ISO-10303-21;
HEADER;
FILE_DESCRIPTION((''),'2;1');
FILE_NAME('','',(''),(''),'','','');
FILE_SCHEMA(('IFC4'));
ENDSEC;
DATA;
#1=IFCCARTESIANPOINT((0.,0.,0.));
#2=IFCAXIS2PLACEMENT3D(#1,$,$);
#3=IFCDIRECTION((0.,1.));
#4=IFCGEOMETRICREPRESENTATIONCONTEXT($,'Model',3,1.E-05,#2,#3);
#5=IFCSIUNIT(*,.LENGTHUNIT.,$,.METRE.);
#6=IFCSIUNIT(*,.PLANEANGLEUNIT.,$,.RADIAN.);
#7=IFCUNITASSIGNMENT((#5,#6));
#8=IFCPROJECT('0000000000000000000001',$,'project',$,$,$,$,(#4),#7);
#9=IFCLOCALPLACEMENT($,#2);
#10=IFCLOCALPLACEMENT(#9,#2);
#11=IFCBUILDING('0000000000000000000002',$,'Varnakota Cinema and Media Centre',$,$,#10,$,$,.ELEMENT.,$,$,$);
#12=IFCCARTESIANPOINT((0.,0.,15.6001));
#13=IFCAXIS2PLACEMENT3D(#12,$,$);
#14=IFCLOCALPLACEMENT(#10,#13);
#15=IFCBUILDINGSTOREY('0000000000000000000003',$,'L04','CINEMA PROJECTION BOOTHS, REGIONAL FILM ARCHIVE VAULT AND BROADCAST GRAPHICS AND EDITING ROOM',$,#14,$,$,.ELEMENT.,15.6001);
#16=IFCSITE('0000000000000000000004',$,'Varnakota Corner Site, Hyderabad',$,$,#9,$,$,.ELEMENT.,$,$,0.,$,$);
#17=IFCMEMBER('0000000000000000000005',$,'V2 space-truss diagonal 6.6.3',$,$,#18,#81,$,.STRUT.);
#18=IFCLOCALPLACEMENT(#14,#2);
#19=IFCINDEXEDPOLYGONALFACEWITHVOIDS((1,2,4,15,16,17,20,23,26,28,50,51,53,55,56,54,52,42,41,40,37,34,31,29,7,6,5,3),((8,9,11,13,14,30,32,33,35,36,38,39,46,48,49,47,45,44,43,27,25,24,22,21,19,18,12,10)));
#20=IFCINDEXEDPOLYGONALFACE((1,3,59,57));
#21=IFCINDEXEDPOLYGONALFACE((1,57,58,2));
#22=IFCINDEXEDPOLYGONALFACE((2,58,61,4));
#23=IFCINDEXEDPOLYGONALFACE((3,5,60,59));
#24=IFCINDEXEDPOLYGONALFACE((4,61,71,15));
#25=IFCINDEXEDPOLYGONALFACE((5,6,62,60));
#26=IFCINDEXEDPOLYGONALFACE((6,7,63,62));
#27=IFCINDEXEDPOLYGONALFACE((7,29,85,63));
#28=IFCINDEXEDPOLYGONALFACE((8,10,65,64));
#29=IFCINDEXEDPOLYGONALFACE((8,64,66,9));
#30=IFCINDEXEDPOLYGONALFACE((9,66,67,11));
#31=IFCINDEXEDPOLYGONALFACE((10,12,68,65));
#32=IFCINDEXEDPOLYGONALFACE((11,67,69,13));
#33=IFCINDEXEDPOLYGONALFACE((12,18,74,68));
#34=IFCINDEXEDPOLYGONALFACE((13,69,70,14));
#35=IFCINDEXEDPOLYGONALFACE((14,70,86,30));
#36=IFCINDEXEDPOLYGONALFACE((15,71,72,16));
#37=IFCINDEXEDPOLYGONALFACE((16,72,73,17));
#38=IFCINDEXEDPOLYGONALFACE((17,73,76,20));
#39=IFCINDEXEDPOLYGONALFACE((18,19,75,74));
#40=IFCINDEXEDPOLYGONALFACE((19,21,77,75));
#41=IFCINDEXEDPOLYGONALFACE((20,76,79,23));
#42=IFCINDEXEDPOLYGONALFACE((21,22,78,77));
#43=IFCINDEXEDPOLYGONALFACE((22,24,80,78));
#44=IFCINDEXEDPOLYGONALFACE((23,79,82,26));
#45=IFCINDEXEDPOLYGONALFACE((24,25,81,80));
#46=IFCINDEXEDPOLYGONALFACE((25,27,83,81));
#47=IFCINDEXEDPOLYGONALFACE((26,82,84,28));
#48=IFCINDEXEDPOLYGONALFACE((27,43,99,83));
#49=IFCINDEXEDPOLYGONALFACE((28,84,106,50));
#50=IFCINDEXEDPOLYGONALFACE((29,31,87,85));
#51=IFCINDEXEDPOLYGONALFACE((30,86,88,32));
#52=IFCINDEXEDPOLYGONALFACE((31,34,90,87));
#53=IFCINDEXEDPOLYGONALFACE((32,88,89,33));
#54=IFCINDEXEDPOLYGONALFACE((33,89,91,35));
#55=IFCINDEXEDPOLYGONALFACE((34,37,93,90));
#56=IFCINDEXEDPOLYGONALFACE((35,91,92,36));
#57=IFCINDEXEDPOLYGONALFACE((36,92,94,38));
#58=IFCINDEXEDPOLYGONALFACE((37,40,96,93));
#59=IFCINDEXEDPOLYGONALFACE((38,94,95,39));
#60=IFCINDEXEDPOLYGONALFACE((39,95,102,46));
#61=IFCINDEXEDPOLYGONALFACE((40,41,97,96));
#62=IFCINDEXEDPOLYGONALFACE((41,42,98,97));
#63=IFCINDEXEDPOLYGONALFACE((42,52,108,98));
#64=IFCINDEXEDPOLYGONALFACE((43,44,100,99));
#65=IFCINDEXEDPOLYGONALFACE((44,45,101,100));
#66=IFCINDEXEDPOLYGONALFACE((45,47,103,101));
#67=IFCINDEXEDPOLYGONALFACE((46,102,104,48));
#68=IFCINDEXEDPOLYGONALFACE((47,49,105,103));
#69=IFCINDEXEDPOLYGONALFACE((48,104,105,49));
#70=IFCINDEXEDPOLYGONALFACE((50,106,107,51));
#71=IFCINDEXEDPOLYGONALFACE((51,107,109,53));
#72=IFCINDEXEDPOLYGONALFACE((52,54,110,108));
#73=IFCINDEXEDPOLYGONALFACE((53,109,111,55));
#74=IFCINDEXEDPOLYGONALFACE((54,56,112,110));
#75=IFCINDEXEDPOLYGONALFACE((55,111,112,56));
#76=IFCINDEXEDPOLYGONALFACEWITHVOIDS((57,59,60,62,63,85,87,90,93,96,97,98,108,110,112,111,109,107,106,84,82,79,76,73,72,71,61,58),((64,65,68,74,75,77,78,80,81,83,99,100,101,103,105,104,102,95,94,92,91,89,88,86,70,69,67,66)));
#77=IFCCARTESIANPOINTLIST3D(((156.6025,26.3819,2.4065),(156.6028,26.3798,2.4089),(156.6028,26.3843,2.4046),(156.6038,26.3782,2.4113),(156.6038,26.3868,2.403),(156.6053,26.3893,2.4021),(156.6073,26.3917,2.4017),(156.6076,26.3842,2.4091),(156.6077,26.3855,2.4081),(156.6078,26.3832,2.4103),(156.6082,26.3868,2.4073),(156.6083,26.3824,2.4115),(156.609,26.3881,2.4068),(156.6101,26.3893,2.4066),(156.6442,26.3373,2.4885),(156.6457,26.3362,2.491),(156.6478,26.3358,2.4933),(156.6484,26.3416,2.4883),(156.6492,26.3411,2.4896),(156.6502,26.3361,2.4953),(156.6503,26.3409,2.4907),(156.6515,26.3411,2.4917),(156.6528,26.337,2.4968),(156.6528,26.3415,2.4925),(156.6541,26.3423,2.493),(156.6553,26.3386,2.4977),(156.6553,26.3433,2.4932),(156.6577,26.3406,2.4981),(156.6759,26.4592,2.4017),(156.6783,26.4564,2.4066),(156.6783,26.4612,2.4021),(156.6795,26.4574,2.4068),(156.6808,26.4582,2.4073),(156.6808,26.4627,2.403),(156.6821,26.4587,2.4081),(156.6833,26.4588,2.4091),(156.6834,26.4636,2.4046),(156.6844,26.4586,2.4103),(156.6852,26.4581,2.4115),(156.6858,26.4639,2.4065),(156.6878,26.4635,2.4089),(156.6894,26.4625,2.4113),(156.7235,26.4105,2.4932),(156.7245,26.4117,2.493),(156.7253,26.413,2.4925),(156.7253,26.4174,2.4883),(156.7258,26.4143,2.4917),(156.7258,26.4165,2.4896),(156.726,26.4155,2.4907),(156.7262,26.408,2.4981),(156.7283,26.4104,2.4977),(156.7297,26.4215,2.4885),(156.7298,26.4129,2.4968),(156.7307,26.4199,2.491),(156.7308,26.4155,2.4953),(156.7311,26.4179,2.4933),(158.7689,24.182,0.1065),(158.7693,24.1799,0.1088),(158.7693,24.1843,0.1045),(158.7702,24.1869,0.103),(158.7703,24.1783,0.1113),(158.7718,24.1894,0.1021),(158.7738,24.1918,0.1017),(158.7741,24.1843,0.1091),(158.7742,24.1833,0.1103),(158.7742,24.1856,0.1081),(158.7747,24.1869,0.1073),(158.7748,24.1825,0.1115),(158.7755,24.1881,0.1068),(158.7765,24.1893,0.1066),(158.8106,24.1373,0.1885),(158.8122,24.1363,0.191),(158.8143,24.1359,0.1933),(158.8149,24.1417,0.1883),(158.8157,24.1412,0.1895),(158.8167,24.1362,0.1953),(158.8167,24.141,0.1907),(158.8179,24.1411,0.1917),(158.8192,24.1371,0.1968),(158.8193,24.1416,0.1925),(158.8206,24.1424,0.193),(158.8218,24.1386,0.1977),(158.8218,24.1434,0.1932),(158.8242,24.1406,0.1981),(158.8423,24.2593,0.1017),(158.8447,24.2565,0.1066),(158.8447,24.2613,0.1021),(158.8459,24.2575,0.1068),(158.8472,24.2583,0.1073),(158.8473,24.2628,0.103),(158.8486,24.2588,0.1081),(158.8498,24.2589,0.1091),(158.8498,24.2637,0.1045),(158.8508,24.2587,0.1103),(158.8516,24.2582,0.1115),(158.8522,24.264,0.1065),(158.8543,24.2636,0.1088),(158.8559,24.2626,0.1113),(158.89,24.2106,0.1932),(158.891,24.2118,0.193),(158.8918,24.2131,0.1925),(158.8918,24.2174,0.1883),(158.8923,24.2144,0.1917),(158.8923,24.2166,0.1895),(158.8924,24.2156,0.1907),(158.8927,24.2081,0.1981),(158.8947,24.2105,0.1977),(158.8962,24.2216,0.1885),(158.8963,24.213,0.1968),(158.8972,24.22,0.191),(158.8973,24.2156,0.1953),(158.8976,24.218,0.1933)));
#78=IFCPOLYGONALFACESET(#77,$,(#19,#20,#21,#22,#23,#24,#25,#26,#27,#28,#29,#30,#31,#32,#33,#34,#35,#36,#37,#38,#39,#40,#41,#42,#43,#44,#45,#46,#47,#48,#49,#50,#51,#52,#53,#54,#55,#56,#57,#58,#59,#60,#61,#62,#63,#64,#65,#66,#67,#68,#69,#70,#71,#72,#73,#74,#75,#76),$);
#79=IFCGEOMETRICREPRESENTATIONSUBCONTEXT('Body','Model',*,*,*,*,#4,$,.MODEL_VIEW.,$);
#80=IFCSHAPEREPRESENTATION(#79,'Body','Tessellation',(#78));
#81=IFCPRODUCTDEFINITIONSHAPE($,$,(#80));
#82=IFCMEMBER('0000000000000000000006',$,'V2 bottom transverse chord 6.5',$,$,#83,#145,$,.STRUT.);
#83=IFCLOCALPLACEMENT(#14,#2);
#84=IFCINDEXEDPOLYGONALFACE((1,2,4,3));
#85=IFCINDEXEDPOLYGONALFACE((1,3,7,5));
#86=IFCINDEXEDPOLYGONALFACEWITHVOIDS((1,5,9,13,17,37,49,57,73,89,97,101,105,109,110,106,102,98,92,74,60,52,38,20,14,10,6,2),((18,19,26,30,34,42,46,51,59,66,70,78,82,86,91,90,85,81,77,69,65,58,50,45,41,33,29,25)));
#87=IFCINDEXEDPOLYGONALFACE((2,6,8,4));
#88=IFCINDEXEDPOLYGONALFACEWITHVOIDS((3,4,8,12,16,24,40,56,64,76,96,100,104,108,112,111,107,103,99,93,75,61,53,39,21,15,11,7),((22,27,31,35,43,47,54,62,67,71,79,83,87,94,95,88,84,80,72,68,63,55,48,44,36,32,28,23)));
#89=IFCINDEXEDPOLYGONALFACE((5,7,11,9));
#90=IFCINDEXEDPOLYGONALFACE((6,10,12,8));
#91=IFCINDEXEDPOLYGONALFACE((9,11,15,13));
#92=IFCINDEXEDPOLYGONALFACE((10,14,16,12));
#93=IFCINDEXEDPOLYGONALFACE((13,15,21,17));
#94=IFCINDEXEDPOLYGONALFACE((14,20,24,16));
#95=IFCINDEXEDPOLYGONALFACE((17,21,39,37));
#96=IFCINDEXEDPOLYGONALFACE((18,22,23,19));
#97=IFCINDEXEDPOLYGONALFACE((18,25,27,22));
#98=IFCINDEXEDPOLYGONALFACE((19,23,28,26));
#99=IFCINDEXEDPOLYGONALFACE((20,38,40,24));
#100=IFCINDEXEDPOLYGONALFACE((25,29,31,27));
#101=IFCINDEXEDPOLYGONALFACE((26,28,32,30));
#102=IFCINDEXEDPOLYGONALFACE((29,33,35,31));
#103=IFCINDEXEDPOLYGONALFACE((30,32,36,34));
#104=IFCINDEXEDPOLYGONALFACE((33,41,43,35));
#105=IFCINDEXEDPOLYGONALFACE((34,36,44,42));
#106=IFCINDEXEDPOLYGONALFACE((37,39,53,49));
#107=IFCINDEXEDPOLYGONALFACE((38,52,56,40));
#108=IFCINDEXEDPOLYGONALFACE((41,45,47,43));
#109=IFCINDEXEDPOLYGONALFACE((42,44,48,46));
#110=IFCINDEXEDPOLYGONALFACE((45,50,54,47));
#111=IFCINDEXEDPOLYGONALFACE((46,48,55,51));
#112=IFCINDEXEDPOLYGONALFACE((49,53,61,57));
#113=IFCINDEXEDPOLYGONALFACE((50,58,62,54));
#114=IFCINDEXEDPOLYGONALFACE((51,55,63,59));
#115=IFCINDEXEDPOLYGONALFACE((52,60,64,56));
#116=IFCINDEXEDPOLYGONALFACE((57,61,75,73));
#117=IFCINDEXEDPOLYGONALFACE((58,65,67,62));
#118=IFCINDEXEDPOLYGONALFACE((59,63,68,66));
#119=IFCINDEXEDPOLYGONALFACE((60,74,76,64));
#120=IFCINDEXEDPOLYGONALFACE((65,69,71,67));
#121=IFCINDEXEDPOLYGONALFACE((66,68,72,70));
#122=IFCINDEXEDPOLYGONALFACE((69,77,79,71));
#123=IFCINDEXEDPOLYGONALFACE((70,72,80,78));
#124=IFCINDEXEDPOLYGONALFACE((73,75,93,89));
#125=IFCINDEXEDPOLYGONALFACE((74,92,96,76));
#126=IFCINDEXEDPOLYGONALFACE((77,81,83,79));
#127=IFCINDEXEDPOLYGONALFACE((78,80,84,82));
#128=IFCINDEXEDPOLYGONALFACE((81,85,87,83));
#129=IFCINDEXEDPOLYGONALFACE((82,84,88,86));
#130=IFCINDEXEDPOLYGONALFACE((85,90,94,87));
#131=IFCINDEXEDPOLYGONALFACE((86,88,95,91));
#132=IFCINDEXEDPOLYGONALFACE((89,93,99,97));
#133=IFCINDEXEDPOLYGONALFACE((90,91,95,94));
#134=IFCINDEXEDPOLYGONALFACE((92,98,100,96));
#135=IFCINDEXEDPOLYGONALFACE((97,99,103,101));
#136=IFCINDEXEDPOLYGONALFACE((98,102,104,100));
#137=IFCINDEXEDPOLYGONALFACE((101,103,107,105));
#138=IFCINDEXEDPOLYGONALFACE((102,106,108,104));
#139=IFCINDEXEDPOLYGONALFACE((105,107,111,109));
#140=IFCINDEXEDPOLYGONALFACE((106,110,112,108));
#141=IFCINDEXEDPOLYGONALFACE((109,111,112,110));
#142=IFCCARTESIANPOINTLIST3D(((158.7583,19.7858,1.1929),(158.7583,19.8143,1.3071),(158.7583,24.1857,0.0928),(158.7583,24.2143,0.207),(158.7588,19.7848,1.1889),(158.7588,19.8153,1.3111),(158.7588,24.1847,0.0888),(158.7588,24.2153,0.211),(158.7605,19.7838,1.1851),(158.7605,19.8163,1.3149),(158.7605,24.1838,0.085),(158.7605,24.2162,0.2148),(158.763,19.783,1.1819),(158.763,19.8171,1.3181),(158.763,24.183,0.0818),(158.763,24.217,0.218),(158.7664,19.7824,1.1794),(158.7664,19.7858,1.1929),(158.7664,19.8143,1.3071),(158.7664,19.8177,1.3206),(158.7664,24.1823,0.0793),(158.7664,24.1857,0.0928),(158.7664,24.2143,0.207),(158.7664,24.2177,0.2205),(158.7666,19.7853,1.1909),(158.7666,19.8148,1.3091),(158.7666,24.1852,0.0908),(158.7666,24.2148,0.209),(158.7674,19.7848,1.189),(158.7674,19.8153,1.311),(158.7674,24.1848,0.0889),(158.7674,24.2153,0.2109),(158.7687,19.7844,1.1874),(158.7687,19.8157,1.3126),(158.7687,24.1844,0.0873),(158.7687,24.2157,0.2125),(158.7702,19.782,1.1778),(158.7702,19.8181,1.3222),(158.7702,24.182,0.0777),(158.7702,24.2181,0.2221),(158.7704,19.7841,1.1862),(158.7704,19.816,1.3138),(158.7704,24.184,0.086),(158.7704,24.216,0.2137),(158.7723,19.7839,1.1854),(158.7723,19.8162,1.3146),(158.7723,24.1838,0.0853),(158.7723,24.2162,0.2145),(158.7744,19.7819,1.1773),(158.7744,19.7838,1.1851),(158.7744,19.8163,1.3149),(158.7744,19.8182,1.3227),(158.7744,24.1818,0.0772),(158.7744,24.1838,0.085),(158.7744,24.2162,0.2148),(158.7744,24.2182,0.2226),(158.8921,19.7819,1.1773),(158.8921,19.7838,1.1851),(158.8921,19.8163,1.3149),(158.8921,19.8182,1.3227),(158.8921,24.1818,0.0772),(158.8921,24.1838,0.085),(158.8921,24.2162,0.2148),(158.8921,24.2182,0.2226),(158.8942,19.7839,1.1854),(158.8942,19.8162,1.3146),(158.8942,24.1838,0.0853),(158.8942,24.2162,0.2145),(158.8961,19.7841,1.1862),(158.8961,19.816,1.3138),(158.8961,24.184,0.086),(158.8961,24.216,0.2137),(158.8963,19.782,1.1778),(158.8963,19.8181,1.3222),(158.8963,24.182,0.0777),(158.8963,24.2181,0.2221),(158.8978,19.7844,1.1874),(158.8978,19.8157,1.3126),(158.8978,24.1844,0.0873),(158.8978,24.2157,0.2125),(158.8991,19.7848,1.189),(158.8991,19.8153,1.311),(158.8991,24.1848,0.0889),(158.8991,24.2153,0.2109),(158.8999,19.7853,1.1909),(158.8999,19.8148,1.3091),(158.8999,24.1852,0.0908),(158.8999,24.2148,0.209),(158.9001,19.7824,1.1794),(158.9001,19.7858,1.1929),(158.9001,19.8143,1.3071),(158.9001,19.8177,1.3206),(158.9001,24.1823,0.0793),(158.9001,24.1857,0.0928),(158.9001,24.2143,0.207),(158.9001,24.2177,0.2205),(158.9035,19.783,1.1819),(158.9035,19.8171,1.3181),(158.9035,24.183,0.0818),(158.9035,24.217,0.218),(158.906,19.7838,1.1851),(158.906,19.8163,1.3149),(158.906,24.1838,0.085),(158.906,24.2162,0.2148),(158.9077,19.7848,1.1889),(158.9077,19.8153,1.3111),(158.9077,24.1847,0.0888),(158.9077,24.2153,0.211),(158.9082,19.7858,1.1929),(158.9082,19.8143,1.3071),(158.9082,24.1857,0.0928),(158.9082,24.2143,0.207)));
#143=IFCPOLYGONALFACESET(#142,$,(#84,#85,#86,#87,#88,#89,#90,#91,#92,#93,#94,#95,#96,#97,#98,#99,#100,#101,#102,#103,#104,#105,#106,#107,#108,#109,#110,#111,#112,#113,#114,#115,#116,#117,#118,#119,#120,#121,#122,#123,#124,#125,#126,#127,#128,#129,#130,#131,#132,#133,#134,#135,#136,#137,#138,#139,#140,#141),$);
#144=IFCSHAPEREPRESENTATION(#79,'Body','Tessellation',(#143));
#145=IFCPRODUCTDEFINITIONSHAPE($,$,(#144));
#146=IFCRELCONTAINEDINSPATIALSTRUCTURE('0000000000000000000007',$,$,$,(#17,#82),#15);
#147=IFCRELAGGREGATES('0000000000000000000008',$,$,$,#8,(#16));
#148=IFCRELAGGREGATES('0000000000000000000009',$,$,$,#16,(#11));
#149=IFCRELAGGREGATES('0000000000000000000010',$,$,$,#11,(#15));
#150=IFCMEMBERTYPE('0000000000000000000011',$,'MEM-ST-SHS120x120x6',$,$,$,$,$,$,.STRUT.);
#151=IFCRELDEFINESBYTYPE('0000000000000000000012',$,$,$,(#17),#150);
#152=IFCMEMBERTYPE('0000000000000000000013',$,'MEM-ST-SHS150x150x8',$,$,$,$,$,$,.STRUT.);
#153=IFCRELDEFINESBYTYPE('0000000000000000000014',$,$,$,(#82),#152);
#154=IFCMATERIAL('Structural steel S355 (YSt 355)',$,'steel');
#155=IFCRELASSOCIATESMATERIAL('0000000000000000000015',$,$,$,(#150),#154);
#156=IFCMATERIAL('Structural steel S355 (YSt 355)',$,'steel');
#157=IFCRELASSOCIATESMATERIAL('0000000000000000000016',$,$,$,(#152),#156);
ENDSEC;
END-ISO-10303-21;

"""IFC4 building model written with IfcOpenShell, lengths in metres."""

from ifc_helpers import new_model, si_unit, direction, frame, origin, origin_2d, place, context, subcontext, project, spatial, hollow_rectangle, extrude, material, material_profile, profile_set, type_object, element, save


model = new_model("IFC4")

# Units and contexts
model_context = context("Model", 3, precision=1e-05, world=origin(), true_north=direction((0.0, 1.0)))
body_context = subcontext(model_context, "Body", "Model", "MODEL_VIEW")
ifc_project = project(units=[si_unit("LENGTHUNIT", "METRE"), si_unit("PLANEANGLEUNIT", "RADIAN")], contexts=[model_context])

# Site, building, storey
site_placement = place(None, origin())
site = spatial("IfcSite", under=ifc_project, at=site_placement, Name="Varnakota Corner Site, Hyderabad", CompositionType="ELEMENT", RefElevation=0.0)
building_placement = place(site_placement, origin())
building = spatial("IfcBuilding", under=site, at=building_placement, Name="Varnakota Cinema and Media Centre", CompositionType="ELEMENT")
storey_placement = place(building_placement, frame((0.0, 0.0, 15.6001)))
storey = spatial("IfcBuildingStorey", under=building, at=storey_placement, Name="L04", Description="CINEMA PROJECTION BOOTHS, REGIONAL FILM ARCHIVE VAULT AND BROADCAST GRAPHICS AND EDITING ROOM", CompositionType="ELEMENT", Elevation=15.6001)

# Members
ifc_material_1 = material(Name="Structural steel S355 (YSt 355)", Category="steel")
ifc_material_profile_1 = material_profile(ifc_material_1, hollow_rectangle(XDim=0.1201, YDim=0.1201, WallThickness=0.0061, InnerFilletRadius=0.0061, OuterFilletRadius=0.012, at=origin_2d()), Name="SHS 120x120x6")
ifc_profile_set_1 = profile_set([ifc_material_profile_1], Name="Structural steel S355 (YSt 355)")
member_type_1 = type_object("IfcMemberType", Name="MEM-ST-SHS120x120x6", PredefinedType="STRUT", material=ifc_profile_set_1)
member_1_placement = place(storey_placement, frame((158.8333, 24.2, 0.1499), z_axis=(-0.562705, 0.571392, 0.59739), x_axis=(-0.712502, -0.70167, 0.0)))
element("IfcMember", 1, at=member_1_placement, inside=storey, type_object=member_type_1, Name="V2 space-truss diagonal 6.6.3", PredefinedType="STRUT", context=body_context, shape_type="SweptSolid", body=[
    extrude(hollow_rectangle(XDim=0.1201, YDim=0.1201, WallThickness=0.0061, InnerFilletRadius=0.0061, OuterFilletRadius=0.012, at=origin_2d()), origin(), (0.0, 0.0, 1.0), 3.8501),
])
ifc_material_2 = material(Name="Structural steel S355 (YSt 355)", Category="steel")
ifc_material_profile_2 = material_profile(ifc_material_2, hollow_rectangle(XDim=0.1499, YDim=0.1499, WallThickness=0.0081, InnerFilletRadius=0.0081, OuterFilletRadius=0.0161, at=origin_2d()), Name="SHS 150x150x8")
ifc_profile_set_2 = profile_set([ifc_material_profile_2], Name="Structural steel S355 (YSt 355)")
member_type_2 = type_object("IfcMemberType", Name="MEM-ST-SHS150x150x8", PredefinedType="STRUT", material=ifc_profile_set_2)
member_2_placement = place(storey_placement, frame((158.8333, 19.8, 1.25), z_axis=(0.0, 0.970136, -0.242561), x_axis=(-1.0, 0.0, 0.0)))
element("IfcMember", 2, at=member_2_placement, inside=storey, type_object=member_type_2, Name="V2 bottom transverse chord 6.5", PredefinedType="STRUT", context=body_context, shape_type="SweptSolid", body=[
    extrude(hollow_rectangle(XDim=0.1499, YDim=0.1499, WallThickness=0.0081, InnerFilletRadius=0.0081, OuterFilletRadius=0.0161, at=origin_2d()), origin(), (0.0, 0.0, 1.0), 4.5354),
])

save(model, "model.ifc")
